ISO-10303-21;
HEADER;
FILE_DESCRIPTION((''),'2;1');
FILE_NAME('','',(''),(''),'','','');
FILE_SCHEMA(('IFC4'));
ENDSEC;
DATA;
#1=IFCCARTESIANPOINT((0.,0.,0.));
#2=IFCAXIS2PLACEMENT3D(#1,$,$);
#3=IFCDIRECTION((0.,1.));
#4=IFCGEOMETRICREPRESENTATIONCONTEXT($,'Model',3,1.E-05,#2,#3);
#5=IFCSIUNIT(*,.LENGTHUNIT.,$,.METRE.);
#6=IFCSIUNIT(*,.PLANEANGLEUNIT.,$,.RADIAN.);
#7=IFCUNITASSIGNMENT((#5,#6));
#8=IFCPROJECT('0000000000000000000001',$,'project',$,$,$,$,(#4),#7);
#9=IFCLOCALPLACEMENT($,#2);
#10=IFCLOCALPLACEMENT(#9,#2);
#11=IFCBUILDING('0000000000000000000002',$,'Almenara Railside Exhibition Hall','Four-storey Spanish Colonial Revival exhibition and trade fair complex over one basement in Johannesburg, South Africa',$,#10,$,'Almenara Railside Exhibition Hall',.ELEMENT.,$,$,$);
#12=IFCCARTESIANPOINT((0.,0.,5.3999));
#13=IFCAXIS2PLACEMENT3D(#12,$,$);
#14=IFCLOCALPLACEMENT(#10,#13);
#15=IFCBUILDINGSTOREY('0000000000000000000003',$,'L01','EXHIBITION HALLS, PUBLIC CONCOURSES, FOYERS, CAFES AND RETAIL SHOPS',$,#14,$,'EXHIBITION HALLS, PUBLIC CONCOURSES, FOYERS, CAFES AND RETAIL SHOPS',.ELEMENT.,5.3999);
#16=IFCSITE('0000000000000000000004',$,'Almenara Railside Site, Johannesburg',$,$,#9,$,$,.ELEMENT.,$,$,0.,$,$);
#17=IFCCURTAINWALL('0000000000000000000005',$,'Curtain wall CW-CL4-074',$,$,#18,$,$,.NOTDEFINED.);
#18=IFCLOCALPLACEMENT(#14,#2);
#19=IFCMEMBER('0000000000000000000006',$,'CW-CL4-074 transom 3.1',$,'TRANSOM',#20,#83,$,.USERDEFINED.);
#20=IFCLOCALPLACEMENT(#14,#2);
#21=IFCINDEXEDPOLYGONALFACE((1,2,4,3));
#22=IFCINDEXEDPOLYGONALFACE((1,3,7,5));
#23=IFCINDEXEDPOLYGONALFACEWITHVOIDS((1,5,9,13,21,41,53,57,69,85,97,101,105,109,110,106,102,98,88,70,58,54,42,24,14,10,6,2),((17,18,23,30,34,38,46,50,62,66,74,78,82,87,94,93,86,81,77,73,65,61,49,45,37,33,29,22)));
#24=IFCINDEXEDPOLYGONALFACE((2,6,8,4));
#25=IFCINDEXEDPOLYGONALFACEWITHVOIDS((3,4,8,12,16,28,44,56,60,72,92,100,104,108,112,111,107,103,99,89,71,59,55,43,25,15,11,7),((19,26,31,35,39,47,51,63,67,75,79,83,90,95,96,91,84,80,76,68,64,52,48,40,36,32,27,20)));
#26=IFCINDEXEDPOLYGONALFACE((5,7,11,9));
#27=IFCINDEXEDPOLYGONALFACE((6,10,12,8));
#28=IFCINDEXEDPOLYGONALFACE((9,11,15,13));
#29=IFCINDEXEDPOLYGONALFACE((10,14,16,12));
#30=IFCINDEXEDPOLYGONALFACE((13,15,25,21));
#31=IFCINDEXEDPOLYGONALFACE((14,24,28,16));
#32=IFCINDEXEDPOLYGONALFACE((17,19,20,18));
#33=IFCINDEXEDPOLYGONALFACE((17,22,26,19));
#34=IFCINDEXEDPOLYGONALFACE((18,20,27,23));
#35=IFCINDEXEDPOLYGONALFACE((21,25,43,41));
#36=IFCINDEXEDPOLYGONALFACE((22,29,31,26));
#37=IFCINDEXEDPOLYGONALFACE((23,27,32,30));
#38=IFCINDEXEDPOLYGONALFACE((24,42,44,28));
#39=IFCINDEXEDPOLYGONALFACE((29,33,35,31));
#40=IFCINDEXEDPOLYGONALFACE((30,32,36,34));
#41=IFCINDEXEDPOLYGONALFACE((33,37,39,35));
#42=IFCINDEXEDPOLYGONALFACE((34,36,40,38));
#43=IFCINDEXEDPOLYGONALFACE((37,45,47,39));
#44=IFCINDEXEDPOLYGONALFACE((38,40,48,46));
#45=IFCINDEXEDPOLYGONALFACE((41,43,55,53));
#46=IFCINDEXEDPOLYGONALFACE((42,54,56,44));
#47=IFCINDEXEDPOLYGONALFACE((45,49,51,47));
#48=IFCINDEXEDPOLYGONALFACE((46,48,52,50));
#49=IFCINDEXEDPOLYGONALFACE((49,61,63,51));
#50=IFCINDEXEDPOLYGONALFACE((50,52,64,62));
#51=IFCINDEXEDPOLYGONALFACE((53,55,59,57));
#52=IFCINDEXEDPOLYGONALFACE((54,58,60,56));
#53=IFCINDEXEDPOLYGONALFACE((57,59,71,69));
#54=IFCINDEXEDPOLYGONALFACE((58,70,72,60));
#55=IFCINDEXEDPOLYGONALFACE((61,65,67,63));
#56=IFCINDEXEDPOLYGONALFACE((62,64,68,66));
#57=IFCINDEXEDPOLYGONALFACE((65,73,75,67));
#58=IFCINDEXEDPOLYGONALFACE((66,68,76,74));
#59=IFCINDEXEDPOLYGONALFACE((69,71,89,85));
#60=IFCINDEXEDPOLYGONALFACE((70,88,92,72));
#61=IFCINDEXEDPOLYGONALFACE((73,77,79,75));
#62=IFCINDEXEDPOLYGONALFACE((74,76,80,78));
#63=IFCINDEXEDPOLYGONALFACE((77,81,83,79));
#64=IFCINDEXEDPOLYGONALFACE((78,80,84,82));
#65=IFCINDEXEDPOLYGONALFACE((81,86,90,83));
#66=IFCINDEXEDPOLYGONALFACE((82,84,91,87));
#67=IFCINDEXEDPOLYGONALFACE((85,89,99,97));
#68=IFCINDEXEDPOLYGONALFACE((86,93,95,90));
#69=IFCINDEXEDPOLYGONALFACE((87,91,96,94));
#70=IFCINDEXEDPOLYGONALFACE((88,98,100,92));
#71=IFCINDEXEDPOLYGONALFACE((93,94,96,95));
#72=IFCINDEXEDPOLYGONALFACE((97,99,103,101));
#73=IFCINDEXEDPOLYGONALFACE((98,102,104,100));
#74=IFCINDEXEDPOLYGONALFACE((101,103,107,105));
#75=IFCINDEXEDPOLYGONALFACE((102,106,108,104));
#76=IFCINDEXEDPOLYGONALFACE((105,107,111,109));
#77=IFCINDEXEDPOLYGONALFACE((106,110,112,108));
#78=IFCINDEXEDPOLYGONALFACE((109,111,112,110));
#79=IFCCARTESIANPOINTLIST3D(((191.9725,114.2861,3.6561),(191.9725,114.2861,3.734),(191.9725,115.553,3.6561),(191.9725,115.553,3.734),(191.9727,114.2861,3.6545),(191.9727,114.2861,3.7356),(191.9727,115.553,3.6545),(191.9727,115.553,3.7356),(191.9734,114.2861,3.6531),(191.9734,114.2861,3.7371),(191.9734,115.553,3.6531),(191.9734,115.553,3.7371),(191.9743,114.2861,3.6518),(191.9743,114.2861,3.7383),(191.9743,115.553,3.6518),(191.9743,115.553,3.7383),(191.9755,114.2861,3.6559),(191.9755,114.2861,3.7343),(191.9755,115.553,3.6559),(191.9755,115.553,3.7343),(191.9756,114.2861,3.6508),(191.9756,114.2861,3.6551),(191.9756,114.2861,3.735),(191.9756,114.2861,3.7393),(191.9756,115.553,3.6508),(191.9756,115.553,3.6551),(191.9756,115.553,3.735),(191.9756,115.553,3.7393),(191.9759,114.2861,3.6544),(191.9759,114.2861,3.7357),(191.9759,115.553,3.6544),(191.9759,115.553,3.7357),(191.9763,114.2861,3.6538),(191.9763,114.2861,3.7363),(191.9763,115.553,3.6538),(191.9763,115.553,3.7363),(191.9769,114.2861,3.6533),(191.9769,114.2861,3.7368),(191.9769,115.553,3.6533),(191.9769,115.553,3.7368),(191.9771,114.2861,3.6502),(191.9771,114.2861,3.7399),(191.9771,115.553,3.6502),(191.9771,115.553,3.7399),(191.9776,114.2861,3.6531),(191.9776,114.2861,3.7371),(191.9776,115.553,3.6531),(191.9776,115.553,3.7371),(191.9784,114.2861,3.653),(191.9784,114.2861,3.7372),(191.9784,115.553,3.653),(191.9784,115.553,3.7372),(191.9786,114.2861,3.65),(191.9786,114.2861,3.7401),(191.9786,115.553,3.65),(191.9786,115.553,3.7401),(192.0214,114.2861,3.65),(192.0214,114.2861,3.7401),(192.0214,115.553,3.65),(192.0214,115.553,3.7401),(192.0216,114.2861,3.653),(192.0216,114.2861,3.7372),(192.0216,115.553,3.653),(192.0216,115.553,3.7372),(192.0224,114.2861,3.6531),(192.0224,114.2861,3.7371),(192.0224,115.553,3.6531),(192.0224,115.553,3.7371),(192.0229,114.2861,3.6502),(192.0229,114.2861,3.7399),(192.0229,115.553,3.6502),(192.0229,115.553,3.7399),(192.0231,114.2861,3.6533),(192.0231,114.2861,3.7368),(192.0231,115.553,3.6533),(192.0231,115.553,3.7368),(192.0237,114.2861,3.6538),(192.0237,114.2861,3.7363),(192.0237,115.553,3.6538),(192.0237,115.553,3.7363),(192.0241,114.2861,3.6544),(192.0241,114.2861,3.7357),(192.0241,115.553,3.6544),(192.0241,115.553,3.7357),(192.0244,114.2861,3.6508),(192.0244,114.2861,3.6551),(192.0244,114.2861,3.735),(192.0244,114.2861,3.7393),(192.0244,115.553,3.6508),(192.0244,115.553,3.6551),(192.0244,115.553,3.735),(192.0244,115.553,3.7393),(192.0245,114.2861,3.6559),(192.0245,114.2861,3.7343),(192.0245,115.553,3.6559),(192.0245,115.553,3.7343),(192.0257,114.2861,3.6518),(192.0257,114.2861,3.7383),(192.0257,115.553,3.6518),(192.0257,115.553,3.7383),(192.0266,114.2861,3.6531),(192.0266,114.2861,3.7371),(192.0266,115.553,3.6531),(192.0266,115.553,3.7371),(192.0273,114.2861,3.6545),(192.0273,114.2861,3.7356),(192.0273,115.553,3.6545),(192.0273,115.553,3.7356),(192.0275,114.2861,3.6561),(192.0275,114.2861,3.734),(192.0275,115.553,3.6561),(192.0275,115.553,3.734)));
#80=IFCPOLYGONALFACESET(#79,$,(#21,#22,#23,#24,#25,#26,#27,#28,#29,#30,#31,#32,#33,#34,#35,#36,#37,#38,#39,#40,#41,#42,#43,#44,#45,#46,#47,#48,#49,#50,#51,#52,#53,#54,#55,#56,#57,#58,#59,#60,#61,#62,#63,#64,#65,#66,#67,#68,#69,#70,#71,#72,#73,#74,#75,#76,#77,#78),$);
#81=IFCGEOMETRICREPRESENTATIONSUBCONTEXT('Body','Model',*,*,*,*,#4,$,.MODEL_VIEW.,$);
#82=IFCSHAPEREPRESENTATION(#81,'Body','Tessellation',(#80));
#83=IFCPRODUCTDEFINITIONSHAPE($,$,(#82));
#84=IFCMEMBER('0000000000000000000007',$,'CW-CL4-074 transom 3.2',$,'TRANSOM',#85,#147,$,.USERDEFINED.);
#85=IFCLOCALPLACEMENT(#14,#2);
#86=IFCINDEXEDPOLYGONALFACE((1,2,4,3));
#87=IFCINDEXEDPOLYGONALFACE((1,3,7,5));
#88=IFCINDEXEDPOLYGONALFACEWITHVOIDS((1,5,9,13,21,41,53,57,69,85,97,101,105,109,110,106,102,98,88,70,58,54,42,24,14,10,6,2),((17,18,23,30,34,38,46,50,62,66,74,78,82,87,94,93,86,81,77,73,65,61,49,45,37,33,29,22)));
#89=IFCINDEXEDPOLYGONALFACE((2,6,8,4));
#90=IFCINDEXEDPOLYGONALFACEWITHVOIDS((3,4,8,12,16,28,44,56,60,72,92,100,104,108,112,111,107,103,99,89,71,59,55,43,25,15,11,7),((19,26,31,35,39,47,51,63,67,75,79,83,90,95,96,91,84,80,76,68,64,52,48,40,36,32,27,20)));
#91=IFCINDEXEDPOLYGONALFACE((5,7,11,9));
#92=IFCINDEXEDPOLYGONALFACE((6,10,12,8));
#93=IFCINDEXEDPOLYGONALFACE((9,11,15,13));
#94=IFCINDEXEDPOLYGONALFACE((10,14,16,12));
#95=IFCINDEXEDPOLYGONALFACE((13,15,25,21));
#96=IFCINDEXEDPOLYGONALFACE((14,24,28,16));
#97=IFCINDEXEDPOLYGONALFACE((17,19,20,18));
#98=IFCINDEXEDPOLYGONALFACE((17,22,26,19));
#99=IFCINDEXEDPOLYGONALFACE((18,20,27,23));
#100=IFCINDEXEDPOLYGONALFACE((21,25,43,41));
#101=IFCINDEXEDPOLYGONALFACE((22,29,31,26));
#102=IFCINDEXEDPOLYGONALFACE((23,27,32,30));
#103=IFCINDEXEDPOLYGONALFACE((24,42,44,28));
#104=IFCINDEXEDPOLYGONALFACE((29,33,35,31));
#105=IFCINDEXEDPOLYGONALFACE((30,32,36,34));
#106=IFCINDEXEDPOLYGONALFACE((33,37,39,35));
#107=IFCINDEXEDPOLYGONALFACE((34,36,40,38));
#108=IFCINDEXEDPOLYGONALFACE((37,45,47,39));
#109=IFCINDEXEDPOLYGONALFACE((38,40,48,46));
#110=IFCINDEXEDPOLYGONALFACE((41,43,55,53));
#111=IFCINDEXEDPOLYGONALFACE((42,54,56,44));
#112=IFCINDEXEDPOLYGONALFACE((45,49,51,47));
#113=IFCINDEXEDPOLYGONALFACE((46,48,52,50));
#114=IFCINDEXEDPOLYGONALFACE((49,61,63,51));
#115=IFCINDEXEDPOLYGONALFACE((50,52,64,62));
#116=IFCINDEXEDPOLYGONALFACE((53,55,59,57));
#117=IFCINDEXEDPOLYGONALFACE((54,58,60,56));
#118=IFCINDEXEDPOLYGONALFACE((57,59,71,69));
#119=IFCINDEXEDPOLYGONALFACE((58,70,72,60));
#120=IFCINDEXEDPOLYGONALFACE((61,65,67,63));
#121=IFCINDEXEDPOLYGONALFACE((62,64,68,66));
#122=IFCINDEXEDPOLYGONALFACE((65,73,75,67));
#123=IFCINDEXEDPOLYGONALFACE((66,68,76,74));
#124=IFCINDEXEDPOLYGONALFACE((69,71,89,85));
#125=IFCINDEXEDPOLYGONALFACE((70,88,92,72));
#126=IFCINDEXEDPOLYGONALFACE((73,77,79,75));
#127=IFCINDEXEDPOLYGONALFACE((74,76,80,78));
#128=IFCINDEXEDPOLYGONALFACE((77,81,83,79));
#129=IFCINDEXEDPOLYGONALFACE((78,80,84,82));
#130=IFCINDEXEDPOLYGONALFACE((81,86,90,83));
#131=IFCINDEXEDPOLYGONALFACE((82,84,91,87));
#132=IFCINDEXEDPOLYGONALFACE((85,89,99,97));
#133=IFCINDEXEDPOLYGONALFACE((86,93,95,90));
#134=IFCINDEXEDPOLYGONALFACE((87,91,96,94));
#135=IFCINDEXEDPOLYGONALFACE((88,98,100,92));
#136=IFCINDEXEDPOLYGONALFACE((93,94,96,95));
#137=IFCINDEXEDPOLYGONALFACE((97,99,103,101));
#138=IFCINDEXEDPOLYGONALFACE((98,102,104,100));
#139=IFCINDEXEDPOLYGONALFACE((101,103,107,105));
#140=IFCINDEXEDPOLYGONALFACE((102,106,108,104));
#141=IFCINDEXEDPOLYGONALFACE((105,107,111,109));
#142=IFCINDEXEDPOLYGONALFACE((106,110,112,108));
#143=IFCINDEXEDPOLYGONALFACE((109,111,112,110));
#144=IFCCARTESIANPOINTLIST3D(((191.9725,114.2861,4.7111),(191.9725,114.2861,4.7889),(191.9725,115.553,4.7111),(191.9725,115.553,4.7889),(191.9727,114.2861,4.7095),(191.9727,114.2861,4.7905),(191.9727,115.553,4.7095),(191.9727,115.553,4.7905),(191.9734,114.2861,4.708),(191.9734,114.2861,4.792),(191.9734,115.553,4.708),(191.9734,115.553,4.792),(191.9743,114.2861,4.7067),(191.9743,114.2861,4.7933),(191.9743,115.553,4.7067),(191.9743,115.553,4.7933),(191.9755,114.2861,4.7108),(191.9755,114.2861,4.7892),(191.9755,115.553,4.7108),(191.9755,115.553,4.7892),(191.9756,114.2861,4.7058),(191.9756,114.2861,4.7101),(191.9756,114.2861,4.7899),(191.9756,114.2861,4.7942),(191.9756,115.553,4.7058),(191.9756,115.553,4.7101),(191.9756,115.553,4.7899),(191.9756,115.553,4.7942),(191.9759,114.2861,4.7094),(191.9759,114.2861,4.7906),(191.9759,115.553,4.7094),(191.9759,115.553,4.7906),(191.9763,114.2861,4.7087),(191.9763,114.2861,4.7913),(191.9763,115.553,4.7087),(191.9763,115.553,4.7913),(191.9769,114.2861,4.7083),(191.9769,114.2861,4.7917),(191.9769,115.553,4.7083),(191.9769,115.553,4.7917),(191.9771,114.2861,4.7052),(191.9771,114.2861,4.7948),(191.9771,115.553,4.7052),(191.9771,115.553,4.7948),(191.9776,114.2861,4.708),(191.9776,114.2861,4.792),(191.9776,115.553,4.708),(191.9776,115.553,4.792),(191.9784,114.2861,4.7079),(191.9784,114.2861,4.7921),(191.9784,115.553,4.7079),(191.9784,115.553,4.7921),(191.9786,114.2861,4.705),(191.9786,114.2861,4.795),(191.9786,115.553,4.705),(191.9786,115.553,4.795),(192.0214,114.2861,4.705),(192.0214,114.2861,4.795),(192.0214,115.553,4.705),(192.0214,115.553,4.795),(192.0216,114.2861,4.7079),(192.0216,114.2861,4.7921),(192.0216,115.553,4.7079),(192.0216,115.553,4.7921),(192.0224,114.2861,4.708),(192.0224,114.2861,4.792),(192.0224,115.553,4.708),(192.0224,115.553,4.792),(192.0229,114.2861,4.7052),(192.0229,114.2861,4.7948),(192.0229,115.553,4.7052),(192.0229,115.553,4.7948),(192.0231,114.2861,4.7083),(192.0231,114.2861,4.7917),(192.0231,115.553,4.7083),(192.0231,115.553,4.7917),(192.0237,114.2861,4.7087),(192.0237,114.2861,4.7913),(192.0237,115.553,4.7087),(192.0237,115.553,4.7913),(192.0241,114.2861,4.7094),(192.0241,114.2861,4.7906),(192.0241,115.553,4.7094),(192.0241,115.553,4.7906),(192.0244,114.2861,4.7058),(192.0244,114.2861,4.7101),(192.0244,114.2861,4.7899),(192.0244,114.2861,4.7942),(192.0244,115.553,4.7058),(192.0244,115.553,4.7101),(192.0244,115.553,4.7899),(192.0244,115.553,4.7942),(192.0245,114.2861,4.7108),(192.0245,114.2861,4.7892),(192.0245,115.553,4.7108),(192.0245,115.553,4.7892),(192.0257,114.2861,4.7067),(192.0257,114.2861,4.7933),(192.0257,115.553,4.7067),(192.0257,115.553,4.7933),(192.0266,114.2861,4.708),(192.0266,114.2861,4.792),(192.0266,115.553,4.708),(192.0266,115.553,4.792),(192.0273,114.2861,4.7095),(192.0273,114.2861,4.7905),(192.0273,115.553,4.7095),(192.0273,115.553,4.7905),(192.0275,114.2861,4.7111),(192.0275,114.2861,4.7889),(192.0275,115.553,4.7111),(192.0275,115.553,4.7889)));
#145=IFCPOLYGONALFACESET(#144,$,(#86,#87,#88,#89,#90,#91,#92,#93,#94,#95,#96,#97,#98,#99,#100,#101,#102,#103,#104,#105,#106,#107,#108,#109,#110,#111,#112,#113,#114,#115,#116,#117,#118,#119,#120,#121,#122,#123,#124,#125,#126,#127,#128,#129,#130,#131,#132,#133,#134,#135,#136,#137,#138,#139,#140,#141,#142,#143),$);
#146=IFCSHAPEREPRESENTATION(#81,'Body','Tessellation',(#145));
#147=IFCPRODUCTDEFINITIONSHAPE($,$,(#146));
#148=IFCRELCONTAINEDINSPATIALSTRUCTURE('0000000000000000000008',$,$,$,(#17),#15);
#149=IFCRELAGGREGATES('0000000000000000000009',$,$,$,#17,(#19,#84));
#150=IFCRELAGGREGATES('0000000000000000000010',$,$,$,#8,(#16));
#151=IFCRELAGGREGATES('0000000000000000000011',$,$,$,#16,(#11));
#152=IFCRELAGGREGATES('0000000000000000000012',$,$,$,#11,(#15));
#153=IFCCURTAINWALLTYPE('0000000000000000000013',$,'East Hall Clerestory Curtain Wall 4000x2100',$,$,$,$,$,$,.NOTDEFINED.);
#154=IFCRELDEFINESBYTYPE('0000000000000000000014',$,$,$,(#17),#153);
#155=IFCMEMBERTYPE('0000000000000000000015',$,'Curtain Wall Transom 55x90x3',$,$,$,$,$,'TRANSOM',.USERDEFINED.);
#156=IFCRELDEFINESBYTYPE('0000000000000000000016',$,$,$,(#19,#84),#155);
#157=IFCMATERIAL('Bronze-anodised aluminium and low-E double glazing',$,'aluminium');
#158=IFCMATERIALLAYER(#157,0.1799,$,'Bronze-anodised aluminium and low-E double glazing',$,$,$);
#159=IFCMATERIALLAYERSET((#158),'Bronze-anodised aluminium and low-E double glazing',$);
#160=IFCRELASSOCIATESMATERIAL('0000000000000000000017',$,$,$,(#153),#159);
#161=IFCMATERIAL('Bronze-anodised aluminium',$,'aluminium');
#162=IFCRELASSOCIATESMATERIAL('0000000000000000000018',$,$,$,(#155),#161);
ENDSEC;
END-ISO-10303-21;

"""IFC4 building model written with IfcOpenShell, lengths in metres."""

from ifc_helpers import new_model, si_unit, direction, frame, origin, origin_2d, place, context, subcontext, project, spatial, hollow_rectangle, extrude, material, layer, layer_set, material_profile, profile_set, type_object, element, aggregate, save


model = new_model("IFC4")

# Units and contexts
model_context = context("Model", 3, precision=1e-05, world=origin(), true_north=direction((0.0, 1.0)))
body_context = subcontext(model_context, "Body", "Model", "MODEL_VIEW")
ifc_project = project(units=[si_unit("LENGTHUNIT", "METRE"), si_unit("PLANEANGLEUNIT", "RADIAN")], contexts=[model_context])

# Site, building, storey
site_placement = place(None, origin())
site = spatial("IfcSite", under=ifc_project, at=site_placement, Name="Almenara Railside Site, Johannesburg", CompositionType="ELEMENT", RefElevation=0.0)
building_placement = place(site_placement, origin())
building = spatial("IfcBuilding", under=site, at=building_placement, Name="Almenara Railside Exhibition Hall", Description="Four-storey Spanish Colonial Revival exhibition and trade fair complex over one basement in Johannesburg, South Africa", LongName="Almenara Railside Exhibition Hall", CompositionType="ELEMENT")
storey_placement = place(building_placement, frame((0.0, 0.0, 5.3999)))
storey = spatial("IfcBuildingStorey", under=building, at=storey_placement, Name="L01", Description="EXHIBITION HALLS, PUBLIC CONCOURSES, FOYERS, CAFES AND RETAIL SHOPS", LongName="EXHIBITION HALLS, PUBLIC CONCOURSES, FOYERS, CAFES AND RETAIL SHOPS", CompositionType="ELEMENT", Elevation=5.3999)

# Curtain wall
ifc_material_1 = material(Name="Bronze-anodised aluminium and low-E double glazing", Category="aluminium")
ifc_layer_1 = layer(ifc_material_1, 0.1799, Name="Bronze-anodised aluminium and low-E double glazing")
ifc_layer_set_1 = layer_set([ifc_layer_1], Name="Bronze-anodised aluminium and low-E double glazing")
curtain_wall_type_1 = type_object("IfcCurtainWallType", Name="East Hall Clerestory Curtain Wall 4000x2100", PredefinedType="NOTDEFINED", material=ifc_layer_set_1)
curtain_wall_1_placement = place(storey_placement, origin())
curtain_wall_1 = element("IfcCurtainWall", 1, at=curtain_wall_1_placement, inside=storey, type_object=curtain_wall_type_1, Name="Curtain wall CW-CL4-074", PredefinedType="NOTDEFINED")
ifc_material_2 = material(Name="Bronze-anodised aluminium", Category="aluminium")

# Members
ifc_material_profile_1 = material_profile(ifc_material_2, hollow_rectangle(XDim=0.0549, YDim=0.0901, WallThickness=0.0029, InnerFilletRadius=0.0029, OuterFilletRadius=0.0061, at=origin_2d()), Name="ALU-TRN 55x90x3")
ifc_profile_set_1 = profile_set([ifc_material_profile_1], Name="Bronze-anodised aluminium")
member_type_1 = type_object("IfcMemberType", Name="Curtain Wall Transom 55x90x3", ElementType="TRANSOM", PredefinedType="USERDEFINED", material=ifc_profile_set_1)
member_1_placement = place(storey_placement, frame((192.0, 114.2861, 3.6951), z_axis=(0.0, 1.0, 0.0), x_axis=(-1.0, 0.0, 0.0)))
member_1 = element("IfcMember", 2, at=member_1_placement, type_object=member_type_1, Name="CW-CL4-074 transom 3.1", ObjectType="TRANSOM", PredefinedType="USERDEFINED", context=body_context, shape_type="SweptSolid", body=[
    extrude(hollow_rectangle(XDim=0.0549, YDim=0.0901, WallThickness=0.0029, InnerFilletRadius=0.0029, OuterFilletRadius=0.0061, at=origin_2d()), origin(), (0.0, 0.0, 1.0), 1.2668),
])
member_2_placement = place(storey_placement, frame((192.0, 114.2861, 4.75), z_axis=(0.0, 1.0, 0.0), x_axis=(-1.0, 0.0, 0.0)))
member_2 = element("IfcMember", 3, at=member_2_placement, type_object=member_type_1, Name="CW-CL4-074 transom 3.2", ObjectType="TRANSOM", PredefinedType="USERDEFINED", context=body_context, shape_type="SweptSolid", body=[
    extrude(hollow_rectangle(XDim=0.0549, YDim=0.0901, WallThickness=0.0029, InnerFilletRadius=0.0029, OuterFilletRadius=0.0061, at=origin_2d()), origin(), (0.0, 0.0, 1.0), 1.2668),
])

aggregate(curtain_wall_1, [member_1, member_2])

save(model, "model.ifc")
